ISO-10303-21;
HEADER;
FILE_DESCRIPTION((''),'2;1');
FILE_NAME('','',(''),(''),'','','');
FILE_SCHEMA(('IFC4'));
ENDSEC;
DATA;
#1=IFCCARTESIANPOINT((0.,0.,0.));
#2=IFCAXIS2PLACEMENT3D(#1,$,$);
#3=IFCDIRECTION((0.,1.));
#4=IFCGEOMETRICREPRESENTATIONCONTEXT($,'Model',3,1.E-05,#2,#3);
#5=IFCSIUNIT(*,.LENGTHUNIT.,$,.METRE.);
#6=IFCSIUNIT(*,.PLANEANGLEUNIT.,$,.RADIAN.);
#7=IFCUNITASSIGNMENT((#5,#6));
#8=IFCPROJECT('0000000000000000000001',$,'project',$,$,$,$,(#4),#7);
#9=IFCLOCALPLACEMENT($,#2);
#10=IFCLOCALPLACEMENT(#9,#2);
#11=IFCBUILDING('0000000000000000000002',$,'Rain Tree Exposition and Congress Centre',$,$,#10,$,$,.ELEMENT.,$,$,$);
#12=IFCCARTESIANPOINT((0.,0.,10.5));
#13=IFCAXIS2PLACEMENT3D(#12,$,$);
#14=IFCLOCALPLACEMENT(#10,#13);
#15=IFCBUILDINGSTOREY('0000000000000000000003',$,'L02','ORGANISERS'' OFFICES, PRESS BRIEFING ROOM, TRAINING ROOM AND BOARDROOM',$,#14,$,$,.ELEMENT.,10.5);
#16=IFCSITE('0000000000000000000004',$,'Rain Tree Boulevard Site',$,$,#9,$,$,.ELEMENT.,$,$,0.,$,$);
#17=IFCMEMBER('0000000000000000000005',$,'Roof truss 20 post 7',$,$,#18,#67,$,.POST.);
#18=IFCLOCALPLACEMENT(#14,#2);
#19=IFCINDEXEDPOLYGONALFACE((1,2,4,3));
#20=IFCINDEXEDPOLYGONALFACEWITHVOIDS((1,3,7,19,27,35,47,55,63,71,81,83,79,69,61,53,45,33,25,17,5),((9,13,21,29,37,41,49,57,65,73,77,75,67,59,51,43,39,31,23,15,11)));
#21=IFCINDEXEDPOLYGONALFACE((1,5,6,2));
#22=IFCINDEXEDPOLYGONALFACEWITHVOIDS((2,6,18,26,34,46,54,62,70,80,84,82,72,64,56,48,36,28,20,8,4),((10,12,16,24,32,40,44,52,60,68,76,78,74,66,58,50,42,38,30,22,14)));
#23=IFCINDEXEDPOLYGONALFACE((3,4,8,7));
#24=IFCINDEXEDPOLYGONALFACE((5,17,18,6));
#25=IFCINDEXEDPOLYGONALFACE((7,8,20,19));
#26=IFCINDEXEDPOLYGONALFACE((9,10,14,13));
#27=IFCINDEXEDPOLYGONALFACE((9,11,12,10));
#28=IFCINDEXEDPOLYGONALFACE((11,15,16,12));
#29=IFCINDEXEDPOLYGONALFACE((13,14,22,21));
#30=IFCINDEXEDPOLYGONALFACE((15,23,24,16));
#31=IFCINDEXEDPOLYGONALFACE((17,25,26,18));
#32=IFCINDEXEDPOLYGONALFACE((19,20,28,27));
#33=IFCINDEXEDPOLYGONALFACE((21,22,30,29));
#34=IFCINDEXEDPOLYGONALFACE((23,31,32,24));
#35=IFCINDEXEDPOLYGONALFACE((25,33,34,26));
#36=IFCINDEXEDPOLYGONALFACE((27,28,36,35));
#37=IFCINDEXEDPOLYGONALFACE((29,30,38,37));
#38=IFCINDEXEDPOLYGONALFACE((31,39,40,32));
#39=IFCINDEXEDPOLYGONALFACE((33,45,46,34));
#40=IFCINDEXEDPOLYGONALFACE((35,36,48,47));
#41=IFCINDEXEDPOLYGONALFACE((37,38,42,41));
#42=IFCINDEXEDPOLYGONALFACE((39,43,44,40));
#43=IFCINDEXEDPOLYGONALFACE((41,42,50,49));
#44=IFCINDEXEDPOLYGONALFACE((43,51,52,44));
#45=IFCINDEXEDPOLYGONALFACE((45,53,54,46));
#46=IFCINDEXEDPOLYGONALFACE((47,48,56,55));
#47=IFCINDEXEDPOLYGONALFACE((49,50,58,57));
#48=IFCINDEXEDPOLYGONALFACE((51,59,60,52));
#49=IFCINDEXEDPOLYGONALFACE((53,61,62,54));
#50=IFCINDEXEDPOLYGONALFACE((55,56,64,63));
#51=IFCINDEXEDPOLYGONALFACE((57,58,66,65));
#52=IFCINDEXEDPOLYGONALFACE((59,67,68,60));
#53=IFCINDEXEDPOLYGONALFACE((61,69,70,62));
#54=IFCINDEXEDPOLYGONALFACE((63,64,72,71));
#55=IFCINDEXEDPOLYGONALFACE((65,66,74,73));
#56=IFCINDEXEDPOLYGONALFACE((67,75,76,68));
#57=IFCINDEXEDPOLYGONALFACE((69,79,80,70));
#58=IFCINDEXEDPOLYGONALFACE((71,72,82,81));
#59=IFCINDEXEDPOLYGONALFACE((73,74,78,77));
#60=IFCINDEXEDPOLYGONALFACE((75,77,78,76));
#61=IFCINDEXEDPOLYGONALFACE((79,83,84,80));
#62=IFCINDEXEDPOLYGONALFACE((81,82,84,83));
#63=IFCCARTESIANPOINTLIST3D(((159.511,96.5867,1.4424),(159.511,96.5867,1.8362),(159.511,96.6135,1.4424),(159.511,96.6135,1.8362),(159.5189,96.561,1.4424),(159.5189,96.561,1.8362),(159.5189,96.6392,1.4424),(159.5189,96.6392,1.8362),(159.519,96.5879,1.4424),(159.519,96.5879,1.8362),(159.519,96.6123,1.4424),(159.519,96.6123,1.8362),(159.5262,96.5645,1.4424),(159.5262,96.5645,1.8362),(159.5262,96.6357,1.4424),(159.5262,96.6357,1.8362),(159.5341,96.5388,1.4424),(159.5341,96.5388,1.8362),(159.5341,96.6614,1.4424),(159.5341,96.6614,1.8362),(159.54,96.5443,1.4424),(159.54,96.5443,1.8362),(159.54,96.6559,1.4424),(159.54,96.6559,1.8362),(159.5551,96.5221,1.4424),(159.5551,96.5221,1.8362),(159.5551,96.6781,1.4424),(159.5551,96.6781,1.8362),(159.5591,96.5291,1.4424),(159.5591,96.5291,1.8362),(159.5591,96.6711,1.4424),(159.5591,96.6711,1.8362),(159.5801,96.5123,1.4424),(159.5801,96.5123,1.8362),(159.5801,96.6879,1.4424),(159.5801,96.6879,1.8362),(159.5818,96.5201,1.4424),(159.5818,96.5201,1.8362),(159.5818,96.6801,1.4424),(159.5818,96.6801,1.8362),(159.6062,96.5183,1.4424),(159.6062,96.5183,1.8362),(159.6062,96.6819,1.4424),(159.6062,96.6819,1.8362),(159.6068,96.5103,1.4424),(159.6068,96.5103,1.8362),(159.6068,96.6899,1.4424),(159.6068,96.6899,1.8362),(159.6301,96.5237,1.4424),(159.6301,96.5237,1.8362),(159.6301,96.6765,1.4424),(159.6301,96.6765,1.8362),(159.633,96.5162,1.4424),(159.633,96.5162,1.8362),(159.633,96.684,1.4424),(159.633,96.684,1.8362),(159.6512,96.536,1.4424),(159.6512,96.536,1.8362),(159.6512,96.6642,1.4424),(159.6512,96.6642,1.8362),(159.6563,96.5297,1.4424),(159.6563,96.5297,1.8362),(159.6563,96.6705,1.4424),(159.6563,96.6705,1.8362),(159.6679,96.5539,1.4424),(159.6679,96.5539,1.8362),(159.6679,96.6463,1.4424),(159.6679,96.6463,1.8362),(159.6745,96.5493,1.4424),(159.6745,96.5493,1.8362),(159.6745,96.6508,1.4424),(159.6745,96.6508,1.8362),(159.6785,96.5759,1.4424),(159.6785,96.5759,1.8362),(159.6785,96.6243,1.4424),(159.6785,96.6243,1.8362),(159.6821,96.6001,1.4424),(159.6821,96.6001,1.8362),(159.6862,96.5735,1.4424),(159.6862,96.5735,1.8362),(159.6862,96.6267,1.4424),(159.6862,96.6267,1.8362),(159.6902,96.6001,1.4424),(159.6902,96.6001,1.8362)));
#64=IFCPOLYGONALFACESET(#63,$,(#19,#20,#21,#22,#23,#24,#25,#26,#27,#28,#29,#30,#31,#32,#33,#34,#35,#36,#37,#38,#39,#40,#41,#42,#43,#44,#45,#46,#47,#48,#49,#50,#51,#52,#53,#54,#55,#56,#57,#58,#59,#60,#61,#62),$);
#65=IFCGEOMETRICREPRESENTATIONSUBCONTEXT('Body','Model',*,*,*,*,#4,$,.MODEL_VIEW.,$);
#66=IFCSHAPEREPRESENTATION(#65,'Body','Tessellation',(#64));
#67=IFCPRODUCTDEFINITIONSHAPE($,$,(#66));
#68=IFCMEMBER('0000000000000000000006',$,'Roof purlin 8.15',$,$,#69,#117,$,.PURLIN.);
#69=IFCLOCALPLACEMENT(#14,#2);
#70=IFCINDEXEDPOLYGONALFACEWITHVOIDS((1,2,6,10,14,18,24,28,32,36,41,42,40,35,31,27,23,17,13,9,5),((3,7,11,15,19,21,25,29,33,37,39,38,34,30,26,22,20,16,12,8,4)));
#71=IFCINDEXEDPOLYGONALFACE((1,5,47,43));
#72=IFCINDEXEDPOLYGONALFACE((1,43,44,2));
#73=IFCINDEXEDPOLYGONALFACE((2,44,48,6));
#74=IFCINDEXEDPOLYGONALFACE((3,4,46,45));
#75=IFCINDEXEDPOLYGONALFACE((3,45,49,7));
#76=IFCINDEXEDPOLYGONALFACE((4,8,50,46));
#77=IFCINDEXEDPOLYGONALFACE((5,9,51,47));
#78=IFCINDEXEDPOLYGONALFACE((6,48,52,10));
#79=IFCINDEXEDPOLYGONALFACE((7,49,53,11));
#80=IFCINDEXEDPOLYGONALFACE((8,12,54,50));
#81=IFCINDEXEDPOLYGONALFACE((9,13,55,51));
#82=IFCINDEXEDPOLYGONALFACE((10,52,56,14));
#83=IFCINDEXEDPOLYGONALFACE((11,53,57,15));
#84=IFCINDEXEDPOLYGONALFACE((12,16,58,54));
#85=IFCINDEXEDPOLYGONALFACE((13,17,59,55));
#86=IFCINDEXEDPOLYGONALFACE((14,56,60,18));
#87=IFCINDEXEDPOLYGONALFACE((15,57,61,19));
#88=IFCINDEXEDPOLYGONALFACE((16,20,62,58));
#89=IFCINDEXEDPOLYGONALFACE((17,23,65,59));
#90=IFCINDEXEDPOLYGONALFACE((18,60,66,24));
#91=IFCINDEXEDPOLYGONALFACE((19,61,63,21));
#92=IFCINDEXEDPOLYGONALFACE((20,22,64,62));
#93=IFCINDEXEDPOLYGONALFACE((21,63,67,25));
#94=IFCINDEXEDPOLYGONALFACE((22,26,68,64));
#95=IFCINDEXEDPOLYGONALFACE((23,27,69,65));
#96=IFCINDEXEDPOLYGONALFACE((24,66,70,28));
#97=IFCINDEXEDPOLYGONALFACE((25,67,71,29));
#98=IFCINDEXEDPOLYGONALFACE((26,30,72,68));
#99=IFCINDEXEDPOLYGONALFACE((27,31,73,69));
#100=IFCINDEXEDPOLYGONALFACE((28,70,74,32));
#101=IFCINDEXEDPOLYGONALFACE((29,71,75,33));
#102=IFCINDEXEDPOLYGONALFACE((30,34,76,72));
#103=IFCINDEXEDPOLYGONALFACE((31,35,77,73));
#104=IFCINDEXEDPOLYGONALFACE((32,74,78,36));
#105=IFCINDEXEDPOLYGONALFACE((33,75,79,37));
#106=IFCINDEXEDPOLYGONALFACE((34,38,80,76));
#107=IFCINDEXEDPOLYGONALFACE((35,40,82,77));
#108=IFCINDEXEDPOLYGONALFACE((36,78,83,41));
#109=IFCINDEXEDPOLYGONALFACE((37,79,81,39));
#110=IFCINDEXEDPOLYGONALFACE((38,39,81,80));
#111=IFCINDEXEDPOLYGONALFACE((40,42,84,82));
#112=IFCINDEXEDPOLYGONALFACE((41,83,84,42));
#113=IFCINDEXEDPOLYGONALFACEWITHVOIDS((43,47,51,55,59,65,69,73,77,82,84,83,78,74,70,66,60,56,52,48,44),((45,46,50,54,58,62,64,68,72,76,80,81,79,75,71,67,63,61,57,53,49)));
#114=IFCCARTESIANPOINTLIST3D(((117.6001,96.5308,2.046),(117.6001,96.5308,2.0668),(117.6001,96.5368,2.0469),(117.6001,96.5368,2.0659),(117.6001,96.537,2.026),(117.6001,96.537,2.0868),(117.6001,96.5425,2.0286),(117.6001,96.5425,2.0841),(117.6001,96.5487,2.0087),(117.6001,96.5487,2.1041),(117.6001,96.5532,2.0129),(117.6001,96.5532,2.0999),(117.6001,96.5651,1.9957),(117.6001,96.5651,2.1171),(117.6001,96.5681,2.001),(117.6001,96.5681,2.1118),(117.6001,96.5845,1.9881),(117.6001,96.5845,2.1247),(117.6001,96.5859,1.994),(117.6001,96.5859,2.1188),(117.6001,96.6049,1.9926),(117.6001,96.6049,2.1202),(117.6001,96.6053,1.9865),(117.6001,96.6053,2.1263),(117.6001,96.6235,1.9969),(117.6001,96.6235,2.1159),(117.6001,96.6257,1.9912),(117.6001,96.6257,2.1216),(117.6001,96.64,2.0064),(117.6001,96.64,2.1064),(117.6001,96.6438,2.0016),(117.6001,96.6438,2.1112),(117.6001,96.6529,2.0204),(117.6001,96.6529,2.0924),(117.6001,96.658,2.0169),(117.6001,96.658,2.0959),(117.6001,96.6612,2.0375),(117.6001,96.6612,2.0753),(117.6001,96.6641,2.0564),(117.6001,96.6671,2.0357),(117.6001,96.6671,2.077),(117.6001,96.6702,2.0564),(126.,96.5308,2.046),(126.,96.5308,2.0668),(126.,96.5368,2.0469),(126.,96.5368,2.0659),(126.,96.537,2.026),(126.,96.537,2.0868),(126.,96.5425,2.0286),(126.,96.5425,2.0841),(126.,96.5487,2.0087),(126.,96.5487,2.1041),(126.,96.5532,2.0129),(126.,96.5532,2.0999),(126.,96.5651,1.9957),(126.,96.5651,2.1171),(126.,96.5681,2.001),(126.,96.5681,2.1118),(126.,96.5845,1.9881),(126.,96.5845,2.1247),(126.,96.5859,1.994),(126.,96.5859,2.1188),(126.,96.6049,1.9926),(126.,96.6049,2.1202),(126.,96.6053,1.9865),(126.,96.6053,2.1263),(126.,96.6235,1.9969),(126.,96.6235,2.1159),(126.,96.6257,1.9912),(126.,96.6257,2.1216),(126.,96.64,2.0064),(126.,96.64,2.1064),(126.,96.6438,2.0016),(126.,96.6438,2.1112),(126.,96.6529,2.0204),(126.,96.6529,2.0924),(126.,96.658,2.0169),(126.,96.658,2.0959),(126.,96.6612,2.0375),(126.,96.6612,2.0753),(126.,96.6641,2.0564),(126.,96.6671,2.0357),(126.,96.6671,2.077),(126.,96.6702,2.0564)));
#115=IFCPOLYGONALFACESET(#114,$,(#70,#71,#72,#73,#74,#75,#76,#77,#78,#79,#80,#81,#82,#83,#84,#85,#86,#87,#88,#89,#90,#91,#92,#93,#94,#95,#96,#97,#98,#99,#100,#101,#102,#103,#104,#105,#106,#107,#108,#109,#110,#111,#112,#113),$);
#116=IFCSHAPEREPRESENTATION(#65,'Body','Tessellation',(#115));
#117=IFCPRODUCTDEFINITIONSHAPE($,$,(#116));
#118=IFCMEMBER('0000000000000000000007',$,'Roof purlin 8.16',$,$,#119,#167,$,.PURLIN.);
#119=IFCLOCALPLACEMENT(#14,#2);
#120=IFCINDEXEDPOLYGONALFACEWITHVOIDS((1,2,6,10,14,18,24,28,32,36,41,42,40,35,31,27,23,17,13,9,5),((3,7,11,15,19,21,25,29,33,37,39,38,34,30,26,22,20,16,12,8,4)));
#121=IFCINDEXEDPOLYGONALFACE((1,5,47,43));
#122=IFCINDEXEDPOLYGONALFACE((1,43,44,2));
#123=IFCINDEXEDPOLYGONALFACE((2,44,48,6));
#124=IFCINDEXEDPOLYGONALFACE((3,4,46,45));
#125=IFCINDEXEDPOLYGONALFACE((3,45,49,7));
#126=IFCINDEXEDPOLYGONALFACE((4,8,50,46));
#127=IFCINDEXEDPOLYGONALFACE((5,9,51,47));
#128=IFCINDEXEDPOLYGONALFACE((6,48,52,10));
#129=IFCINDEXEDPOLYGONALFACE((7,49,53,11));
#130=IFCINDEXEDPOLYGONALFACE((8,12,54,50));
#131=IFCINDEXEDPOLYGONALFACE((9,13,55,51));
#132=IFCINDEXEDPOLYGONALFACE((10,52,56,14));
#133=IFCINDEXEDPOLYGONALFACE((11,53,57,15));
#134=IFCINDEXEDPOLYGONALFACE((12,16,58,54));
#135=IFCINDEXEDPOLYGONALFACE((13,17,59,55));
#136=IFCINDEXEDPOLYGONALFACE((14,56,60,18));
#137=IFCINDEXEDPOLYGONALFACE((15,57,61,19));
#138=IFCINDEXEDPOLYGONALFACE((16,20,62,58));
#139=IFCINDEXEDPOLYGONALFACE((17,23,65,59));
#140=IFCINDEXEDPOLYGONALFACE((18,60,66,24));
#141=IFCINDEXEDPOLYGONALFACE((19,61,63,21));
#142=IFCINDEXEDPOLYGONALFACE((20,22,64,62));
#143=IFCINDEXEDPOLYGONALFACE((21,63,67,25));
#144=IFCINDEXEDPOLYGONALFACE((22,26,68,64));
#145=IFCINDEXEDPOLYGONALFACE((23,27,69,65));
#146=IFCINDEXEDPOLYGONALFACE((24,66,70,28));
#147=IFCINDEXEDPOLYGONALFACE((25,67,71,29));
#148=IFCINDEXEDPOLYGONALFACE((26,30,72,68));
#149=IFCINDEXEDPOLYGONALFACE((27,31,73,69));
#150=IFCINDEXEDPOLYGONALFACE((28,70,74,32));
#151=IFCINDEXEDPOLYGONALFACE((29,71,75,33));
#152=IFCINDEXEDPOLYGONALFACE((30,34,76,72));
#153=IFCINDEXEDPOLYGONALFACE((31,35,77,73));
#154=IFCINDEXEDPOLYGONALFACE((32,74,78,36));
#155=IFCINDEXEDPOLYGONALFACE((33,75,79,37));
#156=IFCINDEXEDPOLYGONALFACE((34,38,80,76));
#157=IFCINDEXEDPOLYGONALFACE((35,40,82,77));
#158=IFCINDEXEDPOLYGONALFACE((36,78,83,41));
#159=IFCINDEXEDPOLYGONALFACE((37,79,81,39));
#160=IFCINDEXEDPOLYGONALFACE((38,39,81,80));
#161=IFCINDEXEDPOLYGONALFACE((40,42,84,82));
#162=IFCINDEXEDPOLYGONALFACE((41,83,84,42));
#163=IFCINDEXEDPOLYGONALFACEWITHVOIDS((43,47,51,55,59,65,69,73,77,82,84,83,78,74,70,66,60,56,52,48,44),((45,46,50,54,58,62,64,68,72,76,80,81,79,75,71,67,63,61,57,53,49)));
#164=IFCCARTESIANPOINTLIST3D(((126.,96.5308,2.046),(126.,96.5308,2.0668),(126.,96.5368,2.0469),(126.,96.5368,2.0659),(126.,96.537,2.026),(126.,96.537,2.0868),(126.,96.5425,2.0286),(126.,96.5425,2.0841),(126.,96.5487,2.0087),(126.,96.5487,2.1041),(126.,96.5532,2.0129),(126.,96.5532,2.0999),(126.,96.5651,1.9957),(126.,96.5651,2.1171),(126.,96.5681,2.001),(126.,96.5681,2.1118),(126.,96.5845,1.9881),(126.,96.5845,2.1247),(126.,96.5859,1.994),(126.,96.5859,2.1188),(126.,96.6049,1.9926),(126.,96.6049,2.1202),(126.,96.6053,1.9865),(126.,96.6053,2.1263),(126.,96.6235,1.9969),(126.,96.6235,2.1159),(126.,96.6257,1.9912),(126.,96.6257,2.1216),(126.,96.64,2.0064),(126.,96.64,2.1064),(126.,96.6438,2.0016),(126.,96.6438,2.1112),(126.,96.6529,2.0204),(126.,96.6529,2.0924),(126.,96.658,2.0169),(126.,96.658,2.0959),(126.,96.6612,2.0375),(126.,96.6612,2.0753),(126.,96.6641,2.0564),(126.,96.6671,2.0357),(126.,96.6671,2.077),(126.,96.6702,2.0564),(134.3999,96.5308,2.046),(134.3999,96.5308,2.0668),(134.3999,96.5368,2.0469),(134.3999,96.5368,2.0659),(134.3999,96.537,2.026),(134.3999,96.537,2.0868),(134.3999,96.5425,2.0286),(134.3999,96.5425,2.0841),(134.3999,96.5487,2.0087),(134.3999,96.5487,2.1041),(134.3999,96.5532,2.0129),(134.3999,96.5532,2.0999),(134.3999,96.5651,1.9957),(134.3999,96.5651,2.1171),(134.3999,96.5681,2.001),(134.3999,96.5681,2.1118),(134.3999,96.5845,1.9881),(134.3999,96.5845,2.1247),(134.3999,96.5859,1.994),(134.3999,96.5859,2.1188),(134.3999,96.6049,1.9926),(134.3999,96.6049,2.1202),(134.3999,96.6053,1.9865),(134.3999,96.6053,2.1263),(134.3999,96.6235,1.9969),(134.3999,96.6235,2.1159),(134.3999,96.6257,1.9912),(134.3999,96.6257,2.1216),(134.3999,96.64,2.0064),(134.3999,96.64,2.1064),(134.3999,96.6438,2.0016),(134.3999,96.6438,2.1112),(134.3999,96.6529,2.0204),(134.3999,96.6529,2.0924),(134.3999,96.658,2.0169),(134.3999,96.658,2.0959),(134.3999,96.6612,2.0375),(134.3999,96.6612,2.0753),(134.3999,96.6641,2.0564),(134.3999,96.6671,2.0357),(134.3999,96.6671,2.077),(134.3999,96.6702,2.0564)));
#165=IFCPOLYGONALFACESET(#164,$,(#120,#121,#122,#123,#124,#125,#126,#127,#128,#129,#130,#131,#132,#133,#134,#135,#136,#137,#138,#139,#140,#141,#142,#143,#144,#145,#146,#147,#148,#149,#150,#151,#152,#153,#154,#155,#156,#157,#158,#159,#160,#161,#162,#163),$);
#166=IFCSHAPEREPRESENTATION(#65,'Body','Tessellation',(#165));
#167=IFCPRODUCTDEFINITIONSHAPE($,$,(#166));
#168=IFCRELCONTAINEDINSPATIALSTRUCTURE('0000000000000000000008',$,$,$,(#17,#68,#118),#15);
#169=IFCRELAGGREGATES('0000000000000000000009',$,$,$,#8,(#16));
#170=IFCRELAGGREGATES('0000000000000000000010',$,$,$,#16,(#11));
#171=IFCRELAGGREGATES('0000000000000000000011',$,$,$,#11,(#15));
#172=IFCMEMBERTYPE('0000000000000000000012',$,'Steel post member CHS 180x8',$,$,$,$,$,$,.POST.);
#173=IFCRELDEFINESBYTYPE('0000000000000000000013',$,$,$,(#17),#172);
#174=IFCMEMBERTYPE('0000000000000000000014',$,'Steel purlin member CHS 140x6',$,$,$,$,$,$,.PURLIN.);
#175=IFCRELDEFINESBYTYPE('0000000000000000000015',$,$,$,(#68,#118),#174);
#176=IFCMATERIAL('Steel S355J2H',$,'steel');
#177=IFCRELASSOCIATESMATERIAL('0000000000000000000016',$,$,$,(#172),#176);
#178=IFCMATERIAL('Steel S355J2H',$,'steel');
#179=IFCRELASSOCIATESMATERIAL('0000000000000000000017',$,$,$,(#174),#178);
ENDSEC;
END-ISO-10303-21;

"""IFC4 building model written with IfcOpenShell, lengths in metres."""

from ifc_helpers import new_model, si_unit, direction, frame, origin, origin_2d, place, context, subcontext, project, spatial, hollow_circle, extrude, material, material_profile, profile_set, type_object, element, save


model = new_model("IFC4")

# Units and contexts
model_context = context("Model", 3, precision=1e-05, world=origin(), true_north=direction((0.0, 1.0)))
body_context = subcontext(model_context, "Body", "Model", "MODEL_VIEW")
ifc_project = project(units=[si_unit("LENGTHUNIT", "METRE"), si_unit("PLANEANGLEUNIT", "RADIAN")], contexts=[model_context])

# Site, building, storey
site_placement = place(None, origin())
site = spatial("IfcSite", under=ifc_project, at=site_placement, Name="Rain Tree Boulevard Site", CompositionType="ELEMENT", RefElevation=0.0)
building_placement = place(site_placement, origin())
building = spatial("IfcBuilding", under=site, at=building_placement, Name="Rain Tree Exposition and Congress Centre", CompositionType="ELEMENT")
storey_placement = place(building_placement, frame((0.0, 0.0, 10.5)))
storey = spatial("IfcBuildingStorey", under=building, at=storey_placement, Name="L02", Description="ORGANISERS' OFFICES, PRESS BRIEFING ROOM, TRAINING ROOM AND BOARDROOM", CompositionType="ELEMENT", Elevation=10.5)

# Members
ifc_material_1 = material(Name="Steel S355J2H", Category="steel")
ifc_material_profile_1 = material_profile(ifc_material_1, hollow_circle(Radius=0.0901, WallThickness=0.0081, at=origin_2d()), Name="CHS 180x8")
ifc_profile_set_1 = profile_set([ifc_material_profile_1], Name="Steel S355J2H")
member_type_1 = type_object("IfcMemberType", Name="Steel post member CHS 180x8", PredefinedType="POST", material=ifc_profile_set_1)
for number, where, z_axis, x_axis, name in (
    (1, (159.6001, 96.6001, 1.4424), (0.0, 0.0, 1.0), (1.0, 0.0, 0.0), "Roof truss 20 post 7"),
):
    element("IfcMember", number, at=place(storey_placement, frame(where, z_axis=z_axis, x_axis=x_axis)), inside=storey, type_object=member_type_1, Name=name, PredefinedType="POST", context=body_context, shape_type="SweptSolid", body=[
        extrude(hollow_circle(Radius=0.0901, WallThickness=0.0081, at=origin_2d()), origin(), (0.0, 0.0, 1.0), 0.3938),
    ])
ifc_material_2 = material(Name="Steel S355J2H", Category="steel")
ifc_material_profile_2 = material_profile(ifc_material_2, hollow_circle(Radius=0.0701, WallThickness=0.0061, at=origin_2d()), Name="CHS 140x6")
ifc_profile_set_2 = profile_set([ifc_material_profile_2], Name="Steel S355J2H")
member_type_2 = type_object("IfcMemberType", Name="Steel purlin member CHS 140x6", PredefinedType="PURLIN", material=ifc_profile_set_2)
for number, where, z_axis, x_axis, name in (
    (2, (117.6001, 96.6001, 2.0564), (1.0, 0.0, 0.0), (0.0, 1.0, 0.0), "Roof purlin 8.15"),
    (3, (126.0, 96.6001, 2.0564), (1.0, 0.0, 0.0), (0.0, 1.0, 0.0), "Roof purlin 8.16"),
):
    element("IfcMember", number, at=place(storey_placement, frame(where, z_axis=z_axis, x_axis=x_axis)), inside=storey, type_object=member_type_2, Name=name, PredefinedType="PURLIN", context=body_context, shape_type="SweptSolid", body=[
        extrude(hollow_circle(Radius=0.0701, WallThickness=0.0061, at=origin_2d()), origin(), (0.0, 0.0, 1.0), 8.3999),
    ])

save(model, "model.ifc")
